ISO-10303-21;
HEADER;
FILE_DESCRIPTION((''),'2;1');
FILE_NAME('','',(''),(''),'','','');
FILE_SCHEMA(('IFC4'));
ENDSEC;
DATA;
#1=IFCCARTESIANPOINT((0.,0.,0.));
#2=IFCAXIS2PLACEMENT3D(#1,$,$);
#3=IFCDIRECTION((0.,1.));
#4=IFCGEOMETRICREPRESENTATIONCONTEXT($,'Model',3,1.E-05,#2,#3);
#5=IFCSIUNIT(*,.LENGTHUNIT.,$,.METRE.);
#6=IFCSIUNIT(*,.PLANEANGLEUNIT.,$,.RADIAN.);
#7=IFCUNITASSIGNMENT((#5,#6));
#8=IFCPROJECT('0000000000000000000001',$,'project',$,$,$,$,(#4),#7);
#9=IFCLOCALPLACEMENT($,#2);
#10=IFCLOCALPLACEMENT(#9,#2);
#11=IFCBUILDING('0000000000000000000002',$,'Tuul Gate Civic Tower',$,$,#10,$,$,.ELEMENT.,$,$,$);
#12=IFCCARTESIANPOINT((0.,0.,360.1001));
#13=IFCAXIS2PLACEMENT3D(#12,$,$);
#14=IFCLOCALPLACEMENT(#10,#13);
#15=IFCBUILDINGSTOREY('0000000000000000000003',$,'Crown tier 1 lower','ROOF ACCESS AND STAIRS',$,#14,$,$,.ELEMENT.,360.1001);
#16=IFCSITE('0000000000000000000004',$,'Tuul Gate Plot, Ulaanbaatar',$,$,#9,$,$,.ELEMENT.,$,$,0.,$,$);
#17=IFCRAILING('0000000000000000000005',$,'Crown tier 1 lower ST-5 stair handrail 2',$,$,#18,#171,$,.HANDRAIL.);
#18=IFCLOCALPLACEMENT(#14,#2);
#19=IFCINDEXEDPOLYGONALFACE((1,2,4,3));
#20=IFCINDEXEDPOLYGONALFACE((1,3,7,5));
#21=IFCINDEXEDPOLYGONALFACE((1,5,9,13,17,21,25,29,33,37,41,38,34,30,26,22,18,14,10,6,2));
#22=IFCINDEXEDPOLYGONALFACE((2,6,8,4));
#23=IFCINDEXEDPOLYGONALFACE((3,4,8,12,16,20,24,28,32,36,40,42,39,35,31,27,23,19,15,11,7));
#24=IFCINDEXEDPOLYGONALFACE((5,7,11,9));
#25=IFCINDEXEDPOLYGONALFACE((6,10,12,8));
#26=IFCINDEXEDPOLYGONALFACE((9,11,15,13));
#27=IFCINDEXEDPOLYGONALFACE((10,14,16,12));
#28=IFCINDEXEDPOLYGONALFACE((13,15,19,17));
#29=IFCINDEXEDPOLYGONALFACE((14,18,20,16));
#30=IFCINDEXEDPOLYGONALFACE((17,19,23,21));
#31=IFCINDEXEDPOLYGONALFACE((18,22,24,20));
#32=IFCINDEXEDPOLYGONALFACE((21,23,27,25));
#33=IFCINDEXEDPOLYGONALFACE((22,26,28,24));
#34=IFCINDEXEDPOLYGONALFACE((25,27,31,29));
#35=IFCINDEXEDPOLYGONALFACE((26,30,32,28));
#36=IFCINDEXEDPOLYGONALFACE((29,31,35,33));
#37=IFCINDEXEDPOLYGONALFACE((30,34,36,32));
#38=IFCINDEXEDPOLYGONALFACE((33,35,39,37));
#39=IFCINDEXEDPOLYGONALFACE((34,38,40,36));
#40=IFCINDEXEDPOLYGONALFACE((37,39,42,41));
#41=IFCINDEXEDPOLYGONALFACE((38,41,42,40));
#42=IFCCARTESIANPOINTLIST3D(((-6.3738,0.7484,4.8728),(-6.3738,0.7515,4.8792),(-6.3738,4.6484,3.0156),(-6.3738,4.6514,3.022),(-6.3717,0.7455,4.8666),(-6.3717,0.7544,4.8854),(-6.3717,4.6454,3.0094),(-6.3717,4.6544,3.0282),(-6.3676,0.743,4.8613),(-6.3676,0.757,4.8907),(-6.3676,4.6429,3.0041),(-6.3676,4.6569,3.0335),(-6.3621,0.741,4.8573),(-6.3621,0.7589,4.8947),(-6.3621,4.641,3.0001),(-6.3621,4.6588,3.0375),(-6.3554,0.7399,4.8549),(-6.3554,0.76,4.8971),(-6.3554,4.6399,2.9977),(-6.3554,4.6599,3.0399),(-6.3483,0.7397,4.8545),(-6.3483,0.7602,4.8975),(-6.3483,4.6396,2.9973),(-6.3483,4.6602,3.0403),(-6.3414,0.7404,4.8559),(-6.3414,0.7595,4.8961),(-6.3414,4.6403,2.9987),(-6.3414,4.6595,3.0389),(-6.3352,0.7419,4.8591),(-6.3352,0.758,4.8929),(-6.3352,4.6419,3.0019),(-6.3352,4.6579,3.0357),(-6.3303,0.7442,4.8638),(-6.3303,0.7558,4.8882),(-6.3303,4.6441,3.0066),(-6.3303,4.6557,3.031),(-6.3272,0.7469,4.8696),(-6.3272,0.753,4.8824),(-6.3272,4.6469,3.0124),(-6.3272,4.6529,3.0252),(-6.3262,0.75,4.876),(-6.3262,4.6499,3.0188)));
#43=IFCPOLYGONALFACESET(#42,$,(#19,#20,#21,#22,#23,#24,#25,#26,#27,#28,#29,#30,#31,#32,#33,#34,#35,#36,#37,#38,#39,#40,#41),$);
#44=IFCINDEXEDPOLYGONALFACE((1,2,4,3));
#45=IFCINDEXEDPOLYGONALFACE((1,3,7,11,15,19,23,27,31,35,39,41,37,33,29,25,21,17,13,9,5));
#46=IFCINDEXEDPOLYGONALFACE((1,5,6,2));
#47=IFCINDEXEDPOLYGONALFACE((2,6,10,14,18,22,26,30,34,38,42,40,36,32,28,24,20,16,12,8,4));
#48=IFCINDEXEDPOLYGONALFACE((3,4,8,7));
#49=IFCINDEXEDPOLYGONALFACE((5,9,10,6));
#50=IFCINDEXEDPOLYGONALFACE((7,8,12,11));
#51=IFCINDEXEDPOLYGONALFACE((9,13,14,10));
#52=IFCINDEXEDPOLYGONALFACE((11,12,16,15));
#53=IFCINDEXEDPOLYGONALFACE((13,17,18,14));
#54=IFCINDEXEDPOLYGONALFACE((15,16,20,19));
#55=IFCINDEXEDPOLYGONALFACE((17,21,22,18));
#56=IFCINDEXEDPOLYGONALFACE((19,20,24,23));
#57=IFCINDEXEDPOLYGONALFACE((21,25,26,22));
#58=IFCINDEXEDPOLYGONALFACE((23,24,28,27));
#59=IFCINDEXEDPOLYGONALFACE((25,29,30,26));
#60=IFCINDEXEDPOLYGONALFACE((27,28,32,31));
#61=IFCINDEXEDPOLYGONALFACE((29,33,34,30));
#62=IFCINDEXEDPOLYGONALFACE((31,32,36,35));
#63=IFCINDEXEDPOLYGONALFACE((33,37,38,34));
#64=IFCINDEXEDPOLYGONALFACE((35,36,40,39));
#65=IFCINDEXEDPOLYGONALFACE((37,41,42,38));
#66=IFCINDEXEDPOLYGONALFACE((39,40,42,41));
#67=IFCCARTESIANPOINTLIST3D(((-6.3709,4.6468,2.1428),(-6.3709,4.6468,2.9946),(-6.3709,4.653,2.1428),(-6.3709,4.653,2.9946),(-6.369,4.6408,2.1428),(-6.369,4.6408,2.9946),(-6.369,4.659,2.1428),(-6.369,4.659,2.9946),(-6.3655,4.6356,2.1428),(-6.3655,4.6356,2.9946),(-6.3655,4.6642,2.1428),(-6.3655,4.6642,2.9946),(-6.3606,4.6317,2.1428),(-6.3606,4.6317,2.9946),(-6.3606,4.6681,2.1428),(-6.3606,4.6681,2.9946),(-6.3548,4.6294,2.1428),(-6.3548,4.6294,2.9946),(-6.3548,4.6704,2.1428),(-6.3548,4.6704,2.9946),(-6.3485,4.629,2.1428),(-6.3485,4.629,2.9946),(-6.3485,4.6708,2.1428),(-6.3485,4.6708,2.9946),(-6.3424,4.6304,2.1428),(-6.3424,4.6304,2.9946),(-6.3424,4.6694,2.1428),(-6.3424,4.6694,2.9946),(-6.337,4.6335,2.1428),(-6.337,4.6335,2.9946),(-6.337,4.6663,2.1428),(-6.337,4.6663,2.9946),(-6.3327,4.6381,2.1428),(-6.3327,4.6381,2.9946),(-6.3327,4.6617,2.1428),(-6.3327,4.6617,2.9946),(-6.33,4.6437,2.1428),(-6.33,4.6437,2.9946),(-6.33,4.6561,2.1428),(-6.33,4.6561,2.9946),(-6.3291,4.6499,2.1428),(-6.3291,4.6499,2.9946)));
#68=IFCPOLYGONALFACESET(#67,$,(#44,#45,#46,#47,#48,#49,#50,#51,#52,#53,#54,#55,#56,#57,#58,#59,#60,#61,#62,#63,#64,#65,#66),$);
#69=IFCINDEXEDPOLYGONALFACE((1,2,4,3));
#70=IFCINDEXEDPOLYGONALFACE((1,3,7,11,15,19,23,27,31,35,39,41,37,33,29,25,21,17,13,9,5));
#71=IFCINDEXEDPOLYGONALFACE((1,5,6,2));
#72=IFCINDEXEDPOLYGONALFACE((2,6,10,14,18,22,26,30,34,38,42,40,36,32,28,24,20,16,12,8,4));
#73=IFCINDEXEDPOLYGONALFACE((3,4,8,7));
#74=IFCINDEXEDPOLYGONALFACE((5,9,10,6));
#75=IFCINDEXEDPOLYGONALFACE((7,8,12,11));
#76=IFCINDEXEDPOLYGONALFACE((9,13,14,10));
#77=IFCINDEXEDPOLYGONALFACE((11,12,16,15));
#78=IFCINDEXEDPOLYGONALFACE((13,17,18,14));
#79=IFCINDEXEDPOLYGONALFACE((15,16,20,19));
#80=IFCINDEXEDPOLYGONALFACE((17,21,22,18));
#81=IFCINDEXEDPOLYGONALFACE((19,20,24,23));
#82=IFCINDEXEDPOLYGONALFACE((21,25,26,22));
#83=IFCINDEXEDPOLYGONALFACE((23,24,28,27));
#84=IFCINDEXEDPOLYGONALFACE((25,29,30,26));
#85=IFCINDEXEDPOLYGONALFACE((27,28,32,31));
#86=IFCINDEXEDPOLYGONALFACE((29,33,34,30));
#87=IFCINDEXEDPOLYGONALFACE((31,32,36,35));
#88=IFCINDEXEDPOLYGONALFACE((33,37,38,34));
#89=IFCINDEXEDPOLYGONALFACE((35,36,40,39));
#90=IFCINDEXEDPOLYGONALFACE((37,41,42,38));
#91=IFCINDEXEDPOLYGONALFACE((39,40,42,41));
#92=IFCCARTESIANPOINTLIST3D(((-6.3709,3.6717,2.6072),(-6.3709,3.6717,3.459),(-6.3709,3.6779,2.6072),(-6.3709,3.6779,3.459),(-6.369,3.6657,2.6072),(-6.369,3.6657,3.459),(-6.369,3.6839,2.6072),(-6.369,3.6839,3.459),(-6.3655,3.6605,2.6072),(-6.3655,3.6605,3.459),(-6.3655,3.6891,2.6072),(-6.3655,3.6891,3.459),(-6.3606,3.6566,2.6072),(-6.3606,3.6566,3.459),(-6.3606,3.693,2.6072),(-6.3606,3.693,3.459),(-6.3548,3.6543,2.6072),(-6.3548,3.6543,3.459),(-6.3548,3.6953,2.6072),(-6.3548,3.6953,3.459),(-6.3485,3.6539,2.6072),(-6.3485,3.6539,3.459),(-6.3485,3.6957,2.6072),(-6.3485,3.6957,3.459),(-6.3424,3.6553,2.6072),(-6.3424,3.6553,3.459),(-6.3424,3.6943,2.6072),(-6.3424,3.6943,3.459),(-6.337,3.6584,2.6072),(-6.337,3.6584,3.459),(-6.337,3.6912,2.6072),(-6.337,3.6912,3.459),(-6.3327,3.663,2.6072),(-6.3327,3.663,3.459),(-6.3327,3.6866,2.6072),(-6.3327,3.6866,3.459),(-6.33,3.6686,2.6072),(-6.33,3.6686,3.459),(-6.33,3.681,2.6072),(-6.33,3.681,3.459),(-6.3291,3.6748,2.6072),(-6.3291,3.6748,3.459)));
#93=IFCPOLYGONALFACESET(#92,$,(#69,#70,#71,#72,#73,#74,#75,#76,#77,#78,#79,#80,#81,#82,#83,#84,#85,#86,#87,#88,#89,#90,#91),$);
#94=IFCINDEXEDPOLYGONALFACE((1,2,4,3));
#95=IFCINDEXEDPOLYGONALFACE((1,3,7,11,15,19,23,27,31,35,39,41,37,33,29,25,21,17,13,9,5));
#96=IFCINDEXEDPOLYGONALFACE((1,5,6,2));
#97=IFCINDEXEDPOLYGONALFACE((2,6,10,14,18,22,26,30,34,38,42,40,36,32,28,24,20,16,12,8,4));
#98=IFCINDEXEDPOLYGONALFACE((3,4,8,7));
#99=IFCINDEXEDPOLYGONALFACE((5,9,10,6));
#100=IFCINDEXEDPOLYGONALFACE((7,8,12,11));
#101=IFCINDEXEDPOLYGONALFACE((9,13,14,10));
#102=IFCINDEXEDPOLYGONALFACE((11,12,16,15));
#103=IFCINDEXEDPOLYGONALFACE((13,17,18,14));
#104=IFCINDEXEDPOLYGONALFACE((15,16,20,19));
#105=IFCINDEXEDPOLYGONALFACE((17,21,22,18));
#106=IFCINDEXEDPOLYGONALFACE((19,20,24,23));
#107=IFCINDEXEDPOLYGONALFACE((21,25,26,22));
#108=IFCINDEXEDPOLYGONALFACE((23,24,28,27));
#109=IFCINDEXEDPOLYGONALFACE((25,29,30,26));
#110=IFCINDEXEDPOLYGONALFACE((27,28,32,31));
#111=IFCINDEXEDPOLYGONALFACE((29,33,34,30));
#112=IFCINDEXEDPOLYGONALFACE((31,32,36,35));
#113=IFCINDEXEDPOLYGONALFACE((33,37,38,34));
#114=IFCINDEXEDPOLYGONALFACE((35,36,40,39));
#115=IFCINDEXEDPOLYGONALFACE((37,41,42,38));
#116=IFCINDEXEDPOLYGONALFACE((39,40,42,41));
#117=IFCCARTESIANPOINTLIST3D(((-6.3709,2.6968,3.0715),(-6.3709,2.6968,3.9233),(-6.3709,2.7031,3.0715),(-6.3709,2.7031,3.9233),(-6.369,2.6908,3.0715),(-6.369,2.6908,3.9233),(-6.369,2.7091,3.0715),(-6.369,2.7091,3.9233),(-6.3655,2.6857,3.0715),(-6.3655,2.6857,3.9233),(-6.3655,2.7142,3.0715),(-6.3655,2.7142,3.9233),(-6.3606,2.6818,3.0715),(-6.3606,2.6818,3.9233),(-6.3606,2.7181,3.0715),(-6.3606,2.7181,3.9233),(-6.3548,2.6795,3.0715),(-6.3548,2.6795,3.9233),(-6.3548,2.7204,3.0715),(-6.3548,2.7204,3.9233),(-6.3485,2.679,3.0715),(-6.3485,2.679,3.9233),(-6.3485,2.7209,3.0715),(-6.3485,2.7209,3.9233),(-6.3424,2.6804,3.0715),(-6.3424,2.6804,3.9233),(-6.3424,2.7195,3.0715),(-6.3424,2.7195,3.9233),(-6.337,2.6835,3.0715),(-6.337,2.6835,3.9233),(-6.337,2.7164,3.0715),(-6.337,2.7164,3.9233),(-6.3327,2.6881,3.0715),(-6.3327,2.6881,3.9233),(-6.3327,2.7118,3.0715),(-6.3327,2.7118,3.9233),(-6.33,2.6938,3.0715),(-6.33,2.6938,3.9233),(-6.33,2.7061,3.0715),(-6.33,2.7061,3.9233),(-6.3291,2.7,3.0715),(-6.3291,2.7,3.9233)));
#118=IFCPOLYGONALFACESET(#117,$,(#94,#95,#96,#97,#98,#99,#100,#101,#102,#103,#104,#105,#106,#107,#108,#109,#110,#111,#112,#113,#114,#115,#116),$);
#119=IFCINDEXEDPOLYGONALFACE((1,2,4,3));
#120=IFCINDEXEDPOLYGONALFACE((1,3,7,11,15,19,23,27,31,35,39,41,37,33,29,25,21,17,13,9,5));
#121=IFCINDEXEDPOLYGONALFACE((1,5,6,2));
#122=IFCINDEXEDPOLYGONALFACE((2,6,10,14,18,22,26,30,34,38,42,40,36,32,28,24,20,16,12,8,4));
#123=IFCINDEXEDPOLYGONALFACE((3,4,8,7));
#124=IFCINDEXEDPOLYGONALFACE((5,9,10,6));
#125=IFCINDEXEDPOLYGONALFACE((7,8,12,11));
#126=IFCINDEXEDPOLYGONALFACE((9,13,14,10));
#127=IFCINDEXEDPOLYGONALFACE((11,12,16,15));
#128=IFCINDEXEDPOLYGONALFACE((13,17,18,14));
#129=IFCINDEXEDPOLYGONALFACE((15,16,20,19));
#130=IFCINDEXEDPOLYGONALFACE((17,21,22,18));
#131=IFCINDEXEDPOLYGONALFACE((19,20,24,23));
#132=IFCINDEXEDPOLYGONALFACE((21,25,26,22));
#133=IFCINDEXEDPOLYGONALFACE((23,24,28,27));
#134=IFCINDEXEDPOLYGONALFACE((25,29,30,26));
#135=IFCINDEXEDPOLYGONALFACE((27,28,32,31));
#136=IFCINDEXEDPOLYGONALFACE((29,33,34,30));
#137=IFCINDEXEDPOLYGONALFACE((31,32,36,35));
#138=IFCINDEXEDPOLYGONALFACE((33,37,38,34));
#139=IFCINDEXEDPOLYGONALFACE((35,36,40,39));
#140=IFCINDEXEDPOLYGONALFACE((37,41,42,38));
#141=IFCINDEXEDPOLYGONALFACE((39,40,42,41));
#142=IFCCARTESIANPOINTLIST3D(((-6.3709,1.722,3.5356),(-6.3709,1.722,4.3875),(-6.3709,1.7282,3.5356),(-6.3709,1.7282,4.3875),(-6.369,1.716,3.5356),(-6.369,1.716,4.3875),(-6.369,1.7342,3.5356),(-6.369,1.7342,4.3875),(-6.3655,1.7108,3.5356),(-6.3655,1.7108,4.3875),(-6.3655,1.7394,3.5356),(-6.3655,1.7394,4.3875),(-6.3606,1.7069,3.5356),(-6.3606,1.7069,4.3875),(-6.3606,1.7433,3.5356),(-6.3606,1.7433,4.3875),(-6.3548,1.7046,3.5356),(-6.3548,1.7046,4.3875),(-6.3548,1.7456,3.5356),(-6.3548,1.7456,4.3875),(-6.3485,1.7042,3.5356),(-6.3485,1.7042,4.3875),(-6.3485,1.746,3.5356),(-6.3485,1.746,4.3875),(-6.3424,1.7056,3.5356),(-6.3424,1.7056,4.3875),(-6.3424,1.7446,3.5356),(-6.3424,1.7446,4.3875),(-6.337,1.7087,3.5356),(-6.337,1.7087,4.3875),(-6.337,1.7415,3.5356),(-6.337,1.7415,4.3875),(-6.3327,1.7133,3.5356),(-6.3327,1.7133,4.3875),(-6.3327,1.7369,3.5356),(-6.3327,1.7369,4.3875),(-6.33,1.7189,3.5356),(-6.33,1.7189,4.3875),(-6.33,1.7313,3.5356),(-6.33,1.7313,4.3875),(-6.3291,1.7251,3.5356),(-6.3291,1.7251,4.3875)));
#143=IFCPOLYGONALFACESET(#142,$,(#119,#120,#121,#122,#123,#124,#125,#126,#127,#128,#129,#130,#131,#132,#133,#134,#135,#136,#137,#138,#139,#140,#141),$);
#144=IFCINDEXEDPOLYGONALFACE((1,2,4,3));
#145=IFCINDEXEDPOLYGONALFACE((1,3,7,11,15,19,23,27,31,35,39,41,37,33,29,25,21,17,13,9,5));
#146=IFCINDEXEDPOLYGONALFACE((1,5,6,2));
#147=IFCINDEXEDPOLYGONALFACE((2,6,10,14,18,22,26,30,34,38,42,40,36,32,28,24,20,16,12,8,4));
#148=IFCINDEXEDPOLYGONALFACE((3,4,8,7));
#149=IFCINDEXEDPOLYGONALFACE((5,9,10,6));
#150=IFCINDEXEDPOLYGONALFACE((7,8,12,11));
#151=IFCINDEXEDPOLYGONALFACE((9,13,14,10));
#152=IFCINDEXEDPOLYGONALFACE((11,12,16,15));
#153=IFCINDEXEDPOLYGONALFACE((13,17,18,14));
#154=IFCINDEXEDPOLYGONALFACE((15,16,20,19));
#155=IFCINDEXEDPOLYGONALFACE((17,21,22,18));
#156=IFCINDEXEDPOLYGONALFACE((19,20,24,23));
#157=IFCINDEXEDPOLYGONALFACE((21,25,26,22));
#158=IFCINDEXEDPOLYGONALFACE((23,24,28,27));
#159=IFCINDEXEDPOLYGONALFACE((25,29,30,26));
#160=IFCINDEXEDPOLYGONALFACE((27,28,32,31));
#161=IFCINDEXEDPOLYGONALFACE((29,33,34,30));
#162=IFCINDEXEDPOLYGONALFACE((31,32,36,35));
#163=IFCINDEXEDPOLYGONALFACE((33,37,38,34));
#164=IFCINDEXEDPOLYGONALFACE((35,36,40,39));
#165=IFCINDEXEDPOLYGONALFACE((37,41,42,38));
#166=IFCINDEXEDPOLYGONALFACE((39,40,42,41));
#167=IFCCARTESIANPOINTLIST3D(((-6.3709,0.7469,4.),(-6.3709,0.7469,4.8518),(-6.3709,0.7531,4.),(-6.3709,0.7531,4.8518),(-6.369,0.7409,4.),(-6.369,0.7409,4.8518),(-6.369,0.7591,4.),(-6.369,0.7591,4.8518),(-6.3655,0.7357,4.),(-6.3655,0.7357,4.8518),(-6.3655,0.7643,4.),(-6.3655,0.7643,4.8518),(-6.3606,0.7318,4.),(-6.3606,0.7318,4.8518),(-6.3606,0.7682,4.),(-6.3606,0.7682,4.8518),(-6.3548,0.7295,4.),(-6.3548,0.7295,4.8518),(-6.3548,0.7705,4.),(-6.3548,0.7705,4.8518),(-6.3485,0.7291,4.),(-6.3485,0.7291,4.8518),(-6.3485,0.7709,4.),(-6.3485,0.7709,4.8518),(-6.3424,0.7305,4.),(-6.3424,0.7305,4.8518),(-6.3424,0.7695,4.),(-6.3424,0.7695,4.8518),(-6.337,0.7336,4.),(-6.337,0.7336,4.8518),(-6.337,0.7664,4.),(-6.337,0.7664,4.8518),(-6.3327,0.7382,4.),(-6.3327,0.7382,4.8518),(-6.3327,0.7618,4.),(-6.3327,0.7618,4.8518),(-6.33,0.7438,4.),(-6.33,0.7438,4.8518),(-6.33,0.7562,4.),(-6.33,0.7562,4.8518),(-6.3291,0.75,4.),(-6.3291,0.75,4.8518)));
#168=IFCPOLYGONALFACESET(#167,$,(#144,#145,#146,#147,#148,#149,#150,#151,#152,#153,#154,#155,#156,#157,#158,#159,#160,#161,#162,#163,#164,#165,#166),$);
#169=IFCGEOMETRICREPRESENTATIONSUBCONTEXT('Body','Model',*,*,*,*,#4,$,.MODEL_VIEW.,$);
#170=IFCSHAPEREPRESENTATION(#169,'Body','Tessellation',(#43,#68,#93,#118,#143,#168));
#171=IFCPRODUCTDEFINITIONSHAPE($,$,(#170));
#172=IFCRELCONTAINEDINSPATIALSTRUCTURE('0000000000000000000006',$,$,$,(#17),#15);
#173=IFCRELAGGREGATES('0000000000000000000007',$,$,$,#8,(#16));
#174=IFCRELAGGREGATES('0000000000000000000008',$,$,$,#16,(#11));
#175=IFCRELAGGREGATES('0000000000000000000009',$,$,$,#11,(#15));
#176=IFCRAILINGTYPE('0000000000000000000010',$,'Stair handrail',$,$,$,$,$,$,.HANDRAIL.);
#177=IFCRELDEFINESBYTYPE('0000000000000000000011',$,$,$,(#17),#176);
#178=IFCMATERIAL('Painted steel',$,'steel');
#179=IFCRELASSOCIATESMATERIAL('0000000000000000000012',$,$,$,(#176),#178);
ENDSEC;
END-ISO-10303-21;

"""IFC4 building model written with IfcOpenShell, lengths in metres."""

from ifc_helpers import new_model, si_unit, direction, frame, origin, origin_2d, place, context, subcontext, project, spatial, circle, extrude, material, type_object, element, save


model = new_model("IFC4")

# Units and contexts
model_context = context("Model", 3, precision=1e-05, world=origin(), true_north=direction((0.0, 1.0)))
body_context = subcontext(model_context, "Body", "Model", "MODEL_VIEW")
ifc_project = project(units=[si_unit("LENGTHUNIT", "METRE"), si_unit("PLANEANGLEUNIT", "RADIAN")], contexts=[model_context])

# Site, building, storey
site_placement = place(None, origin())
site = spatial("IfcSite", under=ifc_project, at=site_placement, Name="Tuul Gate Plot, Ulaanbaatar", CompositionType="ELEMENT", RefElevation=0.0)
building_placement = place(site_placement, origin())
building = spatial("IfcBuilding", under=site, at=building_placement, Name="Tuul Gate Civic Tower", CompositionType="ELEMENT")
storey_placement = place(building_placement, frame((0.0, 0.0, 360.1001)))
storey = spatial("IfcBuildingStorey", under=building, at=storey_placement, Name="Crown tier 1 lower", Description="ROOF ACCESS AND STAIRS", CompositionType="ELEMENT", Elevation=360.1001)

# Railing
ifc_material_1 = material(Name="Painted steel", Category="steel")
railing_type_1 = type_object("IfcRailingType", Name="Stair handrail", PredefinedType="HANDRAIL", material=ifc_material_1)
railing_1_placement = place(storey_placement, frame((-6.3501, 4.6499, 2.1428)))
element("IfcRailing", 1, at=railing_1_placement, inside=storey, type_object=railing_type_1, Name="Crown tier 1 lower ST-5 stair handrail 2", PredefinedType="HANDRAIL", context=body_context, shape_type="SweptSolid", body=[
    extrude(circle(Radius=0.0239, at=origin_2d()), frame((0.0, 0.0, 0.876), z_axis=(0.0, -0.902853, 0.429949), x_axis=(1.0, 0.0, 0.0)), (0.0, 0.0, 1.0), 4.3196),
    extrude(circle(Radius=0.021, at=origin_2d()), origin(), (0.0, 0.0, 1.0), 0.8518),
    extrude(circle(Radius=0.021, at=origin_2d()), frame((0.0, -0.9751, 0.4644)), (0.0, 0.0, 1.0), 0.8518),
    extrude(circle(Radius=0.021, at=origin_2d()), frame((0.0, -1.95, 0.9287)), (0.0, 0.0, 1.0), 0.8518),
    extrude(circle(Radius=0.021, at=origin_2d()), frame((0.0, -2.9248, 1.3928)), (0.0, 0.0, 1.0), 0.8518),
    extrude(circle(Radius=0.021, at=origin_2d()), frame((0.0, -3.8999, 1.8572)), (0.0, 0.0, 1.0), 0.8518),
])

save(model, "model.ifc")
